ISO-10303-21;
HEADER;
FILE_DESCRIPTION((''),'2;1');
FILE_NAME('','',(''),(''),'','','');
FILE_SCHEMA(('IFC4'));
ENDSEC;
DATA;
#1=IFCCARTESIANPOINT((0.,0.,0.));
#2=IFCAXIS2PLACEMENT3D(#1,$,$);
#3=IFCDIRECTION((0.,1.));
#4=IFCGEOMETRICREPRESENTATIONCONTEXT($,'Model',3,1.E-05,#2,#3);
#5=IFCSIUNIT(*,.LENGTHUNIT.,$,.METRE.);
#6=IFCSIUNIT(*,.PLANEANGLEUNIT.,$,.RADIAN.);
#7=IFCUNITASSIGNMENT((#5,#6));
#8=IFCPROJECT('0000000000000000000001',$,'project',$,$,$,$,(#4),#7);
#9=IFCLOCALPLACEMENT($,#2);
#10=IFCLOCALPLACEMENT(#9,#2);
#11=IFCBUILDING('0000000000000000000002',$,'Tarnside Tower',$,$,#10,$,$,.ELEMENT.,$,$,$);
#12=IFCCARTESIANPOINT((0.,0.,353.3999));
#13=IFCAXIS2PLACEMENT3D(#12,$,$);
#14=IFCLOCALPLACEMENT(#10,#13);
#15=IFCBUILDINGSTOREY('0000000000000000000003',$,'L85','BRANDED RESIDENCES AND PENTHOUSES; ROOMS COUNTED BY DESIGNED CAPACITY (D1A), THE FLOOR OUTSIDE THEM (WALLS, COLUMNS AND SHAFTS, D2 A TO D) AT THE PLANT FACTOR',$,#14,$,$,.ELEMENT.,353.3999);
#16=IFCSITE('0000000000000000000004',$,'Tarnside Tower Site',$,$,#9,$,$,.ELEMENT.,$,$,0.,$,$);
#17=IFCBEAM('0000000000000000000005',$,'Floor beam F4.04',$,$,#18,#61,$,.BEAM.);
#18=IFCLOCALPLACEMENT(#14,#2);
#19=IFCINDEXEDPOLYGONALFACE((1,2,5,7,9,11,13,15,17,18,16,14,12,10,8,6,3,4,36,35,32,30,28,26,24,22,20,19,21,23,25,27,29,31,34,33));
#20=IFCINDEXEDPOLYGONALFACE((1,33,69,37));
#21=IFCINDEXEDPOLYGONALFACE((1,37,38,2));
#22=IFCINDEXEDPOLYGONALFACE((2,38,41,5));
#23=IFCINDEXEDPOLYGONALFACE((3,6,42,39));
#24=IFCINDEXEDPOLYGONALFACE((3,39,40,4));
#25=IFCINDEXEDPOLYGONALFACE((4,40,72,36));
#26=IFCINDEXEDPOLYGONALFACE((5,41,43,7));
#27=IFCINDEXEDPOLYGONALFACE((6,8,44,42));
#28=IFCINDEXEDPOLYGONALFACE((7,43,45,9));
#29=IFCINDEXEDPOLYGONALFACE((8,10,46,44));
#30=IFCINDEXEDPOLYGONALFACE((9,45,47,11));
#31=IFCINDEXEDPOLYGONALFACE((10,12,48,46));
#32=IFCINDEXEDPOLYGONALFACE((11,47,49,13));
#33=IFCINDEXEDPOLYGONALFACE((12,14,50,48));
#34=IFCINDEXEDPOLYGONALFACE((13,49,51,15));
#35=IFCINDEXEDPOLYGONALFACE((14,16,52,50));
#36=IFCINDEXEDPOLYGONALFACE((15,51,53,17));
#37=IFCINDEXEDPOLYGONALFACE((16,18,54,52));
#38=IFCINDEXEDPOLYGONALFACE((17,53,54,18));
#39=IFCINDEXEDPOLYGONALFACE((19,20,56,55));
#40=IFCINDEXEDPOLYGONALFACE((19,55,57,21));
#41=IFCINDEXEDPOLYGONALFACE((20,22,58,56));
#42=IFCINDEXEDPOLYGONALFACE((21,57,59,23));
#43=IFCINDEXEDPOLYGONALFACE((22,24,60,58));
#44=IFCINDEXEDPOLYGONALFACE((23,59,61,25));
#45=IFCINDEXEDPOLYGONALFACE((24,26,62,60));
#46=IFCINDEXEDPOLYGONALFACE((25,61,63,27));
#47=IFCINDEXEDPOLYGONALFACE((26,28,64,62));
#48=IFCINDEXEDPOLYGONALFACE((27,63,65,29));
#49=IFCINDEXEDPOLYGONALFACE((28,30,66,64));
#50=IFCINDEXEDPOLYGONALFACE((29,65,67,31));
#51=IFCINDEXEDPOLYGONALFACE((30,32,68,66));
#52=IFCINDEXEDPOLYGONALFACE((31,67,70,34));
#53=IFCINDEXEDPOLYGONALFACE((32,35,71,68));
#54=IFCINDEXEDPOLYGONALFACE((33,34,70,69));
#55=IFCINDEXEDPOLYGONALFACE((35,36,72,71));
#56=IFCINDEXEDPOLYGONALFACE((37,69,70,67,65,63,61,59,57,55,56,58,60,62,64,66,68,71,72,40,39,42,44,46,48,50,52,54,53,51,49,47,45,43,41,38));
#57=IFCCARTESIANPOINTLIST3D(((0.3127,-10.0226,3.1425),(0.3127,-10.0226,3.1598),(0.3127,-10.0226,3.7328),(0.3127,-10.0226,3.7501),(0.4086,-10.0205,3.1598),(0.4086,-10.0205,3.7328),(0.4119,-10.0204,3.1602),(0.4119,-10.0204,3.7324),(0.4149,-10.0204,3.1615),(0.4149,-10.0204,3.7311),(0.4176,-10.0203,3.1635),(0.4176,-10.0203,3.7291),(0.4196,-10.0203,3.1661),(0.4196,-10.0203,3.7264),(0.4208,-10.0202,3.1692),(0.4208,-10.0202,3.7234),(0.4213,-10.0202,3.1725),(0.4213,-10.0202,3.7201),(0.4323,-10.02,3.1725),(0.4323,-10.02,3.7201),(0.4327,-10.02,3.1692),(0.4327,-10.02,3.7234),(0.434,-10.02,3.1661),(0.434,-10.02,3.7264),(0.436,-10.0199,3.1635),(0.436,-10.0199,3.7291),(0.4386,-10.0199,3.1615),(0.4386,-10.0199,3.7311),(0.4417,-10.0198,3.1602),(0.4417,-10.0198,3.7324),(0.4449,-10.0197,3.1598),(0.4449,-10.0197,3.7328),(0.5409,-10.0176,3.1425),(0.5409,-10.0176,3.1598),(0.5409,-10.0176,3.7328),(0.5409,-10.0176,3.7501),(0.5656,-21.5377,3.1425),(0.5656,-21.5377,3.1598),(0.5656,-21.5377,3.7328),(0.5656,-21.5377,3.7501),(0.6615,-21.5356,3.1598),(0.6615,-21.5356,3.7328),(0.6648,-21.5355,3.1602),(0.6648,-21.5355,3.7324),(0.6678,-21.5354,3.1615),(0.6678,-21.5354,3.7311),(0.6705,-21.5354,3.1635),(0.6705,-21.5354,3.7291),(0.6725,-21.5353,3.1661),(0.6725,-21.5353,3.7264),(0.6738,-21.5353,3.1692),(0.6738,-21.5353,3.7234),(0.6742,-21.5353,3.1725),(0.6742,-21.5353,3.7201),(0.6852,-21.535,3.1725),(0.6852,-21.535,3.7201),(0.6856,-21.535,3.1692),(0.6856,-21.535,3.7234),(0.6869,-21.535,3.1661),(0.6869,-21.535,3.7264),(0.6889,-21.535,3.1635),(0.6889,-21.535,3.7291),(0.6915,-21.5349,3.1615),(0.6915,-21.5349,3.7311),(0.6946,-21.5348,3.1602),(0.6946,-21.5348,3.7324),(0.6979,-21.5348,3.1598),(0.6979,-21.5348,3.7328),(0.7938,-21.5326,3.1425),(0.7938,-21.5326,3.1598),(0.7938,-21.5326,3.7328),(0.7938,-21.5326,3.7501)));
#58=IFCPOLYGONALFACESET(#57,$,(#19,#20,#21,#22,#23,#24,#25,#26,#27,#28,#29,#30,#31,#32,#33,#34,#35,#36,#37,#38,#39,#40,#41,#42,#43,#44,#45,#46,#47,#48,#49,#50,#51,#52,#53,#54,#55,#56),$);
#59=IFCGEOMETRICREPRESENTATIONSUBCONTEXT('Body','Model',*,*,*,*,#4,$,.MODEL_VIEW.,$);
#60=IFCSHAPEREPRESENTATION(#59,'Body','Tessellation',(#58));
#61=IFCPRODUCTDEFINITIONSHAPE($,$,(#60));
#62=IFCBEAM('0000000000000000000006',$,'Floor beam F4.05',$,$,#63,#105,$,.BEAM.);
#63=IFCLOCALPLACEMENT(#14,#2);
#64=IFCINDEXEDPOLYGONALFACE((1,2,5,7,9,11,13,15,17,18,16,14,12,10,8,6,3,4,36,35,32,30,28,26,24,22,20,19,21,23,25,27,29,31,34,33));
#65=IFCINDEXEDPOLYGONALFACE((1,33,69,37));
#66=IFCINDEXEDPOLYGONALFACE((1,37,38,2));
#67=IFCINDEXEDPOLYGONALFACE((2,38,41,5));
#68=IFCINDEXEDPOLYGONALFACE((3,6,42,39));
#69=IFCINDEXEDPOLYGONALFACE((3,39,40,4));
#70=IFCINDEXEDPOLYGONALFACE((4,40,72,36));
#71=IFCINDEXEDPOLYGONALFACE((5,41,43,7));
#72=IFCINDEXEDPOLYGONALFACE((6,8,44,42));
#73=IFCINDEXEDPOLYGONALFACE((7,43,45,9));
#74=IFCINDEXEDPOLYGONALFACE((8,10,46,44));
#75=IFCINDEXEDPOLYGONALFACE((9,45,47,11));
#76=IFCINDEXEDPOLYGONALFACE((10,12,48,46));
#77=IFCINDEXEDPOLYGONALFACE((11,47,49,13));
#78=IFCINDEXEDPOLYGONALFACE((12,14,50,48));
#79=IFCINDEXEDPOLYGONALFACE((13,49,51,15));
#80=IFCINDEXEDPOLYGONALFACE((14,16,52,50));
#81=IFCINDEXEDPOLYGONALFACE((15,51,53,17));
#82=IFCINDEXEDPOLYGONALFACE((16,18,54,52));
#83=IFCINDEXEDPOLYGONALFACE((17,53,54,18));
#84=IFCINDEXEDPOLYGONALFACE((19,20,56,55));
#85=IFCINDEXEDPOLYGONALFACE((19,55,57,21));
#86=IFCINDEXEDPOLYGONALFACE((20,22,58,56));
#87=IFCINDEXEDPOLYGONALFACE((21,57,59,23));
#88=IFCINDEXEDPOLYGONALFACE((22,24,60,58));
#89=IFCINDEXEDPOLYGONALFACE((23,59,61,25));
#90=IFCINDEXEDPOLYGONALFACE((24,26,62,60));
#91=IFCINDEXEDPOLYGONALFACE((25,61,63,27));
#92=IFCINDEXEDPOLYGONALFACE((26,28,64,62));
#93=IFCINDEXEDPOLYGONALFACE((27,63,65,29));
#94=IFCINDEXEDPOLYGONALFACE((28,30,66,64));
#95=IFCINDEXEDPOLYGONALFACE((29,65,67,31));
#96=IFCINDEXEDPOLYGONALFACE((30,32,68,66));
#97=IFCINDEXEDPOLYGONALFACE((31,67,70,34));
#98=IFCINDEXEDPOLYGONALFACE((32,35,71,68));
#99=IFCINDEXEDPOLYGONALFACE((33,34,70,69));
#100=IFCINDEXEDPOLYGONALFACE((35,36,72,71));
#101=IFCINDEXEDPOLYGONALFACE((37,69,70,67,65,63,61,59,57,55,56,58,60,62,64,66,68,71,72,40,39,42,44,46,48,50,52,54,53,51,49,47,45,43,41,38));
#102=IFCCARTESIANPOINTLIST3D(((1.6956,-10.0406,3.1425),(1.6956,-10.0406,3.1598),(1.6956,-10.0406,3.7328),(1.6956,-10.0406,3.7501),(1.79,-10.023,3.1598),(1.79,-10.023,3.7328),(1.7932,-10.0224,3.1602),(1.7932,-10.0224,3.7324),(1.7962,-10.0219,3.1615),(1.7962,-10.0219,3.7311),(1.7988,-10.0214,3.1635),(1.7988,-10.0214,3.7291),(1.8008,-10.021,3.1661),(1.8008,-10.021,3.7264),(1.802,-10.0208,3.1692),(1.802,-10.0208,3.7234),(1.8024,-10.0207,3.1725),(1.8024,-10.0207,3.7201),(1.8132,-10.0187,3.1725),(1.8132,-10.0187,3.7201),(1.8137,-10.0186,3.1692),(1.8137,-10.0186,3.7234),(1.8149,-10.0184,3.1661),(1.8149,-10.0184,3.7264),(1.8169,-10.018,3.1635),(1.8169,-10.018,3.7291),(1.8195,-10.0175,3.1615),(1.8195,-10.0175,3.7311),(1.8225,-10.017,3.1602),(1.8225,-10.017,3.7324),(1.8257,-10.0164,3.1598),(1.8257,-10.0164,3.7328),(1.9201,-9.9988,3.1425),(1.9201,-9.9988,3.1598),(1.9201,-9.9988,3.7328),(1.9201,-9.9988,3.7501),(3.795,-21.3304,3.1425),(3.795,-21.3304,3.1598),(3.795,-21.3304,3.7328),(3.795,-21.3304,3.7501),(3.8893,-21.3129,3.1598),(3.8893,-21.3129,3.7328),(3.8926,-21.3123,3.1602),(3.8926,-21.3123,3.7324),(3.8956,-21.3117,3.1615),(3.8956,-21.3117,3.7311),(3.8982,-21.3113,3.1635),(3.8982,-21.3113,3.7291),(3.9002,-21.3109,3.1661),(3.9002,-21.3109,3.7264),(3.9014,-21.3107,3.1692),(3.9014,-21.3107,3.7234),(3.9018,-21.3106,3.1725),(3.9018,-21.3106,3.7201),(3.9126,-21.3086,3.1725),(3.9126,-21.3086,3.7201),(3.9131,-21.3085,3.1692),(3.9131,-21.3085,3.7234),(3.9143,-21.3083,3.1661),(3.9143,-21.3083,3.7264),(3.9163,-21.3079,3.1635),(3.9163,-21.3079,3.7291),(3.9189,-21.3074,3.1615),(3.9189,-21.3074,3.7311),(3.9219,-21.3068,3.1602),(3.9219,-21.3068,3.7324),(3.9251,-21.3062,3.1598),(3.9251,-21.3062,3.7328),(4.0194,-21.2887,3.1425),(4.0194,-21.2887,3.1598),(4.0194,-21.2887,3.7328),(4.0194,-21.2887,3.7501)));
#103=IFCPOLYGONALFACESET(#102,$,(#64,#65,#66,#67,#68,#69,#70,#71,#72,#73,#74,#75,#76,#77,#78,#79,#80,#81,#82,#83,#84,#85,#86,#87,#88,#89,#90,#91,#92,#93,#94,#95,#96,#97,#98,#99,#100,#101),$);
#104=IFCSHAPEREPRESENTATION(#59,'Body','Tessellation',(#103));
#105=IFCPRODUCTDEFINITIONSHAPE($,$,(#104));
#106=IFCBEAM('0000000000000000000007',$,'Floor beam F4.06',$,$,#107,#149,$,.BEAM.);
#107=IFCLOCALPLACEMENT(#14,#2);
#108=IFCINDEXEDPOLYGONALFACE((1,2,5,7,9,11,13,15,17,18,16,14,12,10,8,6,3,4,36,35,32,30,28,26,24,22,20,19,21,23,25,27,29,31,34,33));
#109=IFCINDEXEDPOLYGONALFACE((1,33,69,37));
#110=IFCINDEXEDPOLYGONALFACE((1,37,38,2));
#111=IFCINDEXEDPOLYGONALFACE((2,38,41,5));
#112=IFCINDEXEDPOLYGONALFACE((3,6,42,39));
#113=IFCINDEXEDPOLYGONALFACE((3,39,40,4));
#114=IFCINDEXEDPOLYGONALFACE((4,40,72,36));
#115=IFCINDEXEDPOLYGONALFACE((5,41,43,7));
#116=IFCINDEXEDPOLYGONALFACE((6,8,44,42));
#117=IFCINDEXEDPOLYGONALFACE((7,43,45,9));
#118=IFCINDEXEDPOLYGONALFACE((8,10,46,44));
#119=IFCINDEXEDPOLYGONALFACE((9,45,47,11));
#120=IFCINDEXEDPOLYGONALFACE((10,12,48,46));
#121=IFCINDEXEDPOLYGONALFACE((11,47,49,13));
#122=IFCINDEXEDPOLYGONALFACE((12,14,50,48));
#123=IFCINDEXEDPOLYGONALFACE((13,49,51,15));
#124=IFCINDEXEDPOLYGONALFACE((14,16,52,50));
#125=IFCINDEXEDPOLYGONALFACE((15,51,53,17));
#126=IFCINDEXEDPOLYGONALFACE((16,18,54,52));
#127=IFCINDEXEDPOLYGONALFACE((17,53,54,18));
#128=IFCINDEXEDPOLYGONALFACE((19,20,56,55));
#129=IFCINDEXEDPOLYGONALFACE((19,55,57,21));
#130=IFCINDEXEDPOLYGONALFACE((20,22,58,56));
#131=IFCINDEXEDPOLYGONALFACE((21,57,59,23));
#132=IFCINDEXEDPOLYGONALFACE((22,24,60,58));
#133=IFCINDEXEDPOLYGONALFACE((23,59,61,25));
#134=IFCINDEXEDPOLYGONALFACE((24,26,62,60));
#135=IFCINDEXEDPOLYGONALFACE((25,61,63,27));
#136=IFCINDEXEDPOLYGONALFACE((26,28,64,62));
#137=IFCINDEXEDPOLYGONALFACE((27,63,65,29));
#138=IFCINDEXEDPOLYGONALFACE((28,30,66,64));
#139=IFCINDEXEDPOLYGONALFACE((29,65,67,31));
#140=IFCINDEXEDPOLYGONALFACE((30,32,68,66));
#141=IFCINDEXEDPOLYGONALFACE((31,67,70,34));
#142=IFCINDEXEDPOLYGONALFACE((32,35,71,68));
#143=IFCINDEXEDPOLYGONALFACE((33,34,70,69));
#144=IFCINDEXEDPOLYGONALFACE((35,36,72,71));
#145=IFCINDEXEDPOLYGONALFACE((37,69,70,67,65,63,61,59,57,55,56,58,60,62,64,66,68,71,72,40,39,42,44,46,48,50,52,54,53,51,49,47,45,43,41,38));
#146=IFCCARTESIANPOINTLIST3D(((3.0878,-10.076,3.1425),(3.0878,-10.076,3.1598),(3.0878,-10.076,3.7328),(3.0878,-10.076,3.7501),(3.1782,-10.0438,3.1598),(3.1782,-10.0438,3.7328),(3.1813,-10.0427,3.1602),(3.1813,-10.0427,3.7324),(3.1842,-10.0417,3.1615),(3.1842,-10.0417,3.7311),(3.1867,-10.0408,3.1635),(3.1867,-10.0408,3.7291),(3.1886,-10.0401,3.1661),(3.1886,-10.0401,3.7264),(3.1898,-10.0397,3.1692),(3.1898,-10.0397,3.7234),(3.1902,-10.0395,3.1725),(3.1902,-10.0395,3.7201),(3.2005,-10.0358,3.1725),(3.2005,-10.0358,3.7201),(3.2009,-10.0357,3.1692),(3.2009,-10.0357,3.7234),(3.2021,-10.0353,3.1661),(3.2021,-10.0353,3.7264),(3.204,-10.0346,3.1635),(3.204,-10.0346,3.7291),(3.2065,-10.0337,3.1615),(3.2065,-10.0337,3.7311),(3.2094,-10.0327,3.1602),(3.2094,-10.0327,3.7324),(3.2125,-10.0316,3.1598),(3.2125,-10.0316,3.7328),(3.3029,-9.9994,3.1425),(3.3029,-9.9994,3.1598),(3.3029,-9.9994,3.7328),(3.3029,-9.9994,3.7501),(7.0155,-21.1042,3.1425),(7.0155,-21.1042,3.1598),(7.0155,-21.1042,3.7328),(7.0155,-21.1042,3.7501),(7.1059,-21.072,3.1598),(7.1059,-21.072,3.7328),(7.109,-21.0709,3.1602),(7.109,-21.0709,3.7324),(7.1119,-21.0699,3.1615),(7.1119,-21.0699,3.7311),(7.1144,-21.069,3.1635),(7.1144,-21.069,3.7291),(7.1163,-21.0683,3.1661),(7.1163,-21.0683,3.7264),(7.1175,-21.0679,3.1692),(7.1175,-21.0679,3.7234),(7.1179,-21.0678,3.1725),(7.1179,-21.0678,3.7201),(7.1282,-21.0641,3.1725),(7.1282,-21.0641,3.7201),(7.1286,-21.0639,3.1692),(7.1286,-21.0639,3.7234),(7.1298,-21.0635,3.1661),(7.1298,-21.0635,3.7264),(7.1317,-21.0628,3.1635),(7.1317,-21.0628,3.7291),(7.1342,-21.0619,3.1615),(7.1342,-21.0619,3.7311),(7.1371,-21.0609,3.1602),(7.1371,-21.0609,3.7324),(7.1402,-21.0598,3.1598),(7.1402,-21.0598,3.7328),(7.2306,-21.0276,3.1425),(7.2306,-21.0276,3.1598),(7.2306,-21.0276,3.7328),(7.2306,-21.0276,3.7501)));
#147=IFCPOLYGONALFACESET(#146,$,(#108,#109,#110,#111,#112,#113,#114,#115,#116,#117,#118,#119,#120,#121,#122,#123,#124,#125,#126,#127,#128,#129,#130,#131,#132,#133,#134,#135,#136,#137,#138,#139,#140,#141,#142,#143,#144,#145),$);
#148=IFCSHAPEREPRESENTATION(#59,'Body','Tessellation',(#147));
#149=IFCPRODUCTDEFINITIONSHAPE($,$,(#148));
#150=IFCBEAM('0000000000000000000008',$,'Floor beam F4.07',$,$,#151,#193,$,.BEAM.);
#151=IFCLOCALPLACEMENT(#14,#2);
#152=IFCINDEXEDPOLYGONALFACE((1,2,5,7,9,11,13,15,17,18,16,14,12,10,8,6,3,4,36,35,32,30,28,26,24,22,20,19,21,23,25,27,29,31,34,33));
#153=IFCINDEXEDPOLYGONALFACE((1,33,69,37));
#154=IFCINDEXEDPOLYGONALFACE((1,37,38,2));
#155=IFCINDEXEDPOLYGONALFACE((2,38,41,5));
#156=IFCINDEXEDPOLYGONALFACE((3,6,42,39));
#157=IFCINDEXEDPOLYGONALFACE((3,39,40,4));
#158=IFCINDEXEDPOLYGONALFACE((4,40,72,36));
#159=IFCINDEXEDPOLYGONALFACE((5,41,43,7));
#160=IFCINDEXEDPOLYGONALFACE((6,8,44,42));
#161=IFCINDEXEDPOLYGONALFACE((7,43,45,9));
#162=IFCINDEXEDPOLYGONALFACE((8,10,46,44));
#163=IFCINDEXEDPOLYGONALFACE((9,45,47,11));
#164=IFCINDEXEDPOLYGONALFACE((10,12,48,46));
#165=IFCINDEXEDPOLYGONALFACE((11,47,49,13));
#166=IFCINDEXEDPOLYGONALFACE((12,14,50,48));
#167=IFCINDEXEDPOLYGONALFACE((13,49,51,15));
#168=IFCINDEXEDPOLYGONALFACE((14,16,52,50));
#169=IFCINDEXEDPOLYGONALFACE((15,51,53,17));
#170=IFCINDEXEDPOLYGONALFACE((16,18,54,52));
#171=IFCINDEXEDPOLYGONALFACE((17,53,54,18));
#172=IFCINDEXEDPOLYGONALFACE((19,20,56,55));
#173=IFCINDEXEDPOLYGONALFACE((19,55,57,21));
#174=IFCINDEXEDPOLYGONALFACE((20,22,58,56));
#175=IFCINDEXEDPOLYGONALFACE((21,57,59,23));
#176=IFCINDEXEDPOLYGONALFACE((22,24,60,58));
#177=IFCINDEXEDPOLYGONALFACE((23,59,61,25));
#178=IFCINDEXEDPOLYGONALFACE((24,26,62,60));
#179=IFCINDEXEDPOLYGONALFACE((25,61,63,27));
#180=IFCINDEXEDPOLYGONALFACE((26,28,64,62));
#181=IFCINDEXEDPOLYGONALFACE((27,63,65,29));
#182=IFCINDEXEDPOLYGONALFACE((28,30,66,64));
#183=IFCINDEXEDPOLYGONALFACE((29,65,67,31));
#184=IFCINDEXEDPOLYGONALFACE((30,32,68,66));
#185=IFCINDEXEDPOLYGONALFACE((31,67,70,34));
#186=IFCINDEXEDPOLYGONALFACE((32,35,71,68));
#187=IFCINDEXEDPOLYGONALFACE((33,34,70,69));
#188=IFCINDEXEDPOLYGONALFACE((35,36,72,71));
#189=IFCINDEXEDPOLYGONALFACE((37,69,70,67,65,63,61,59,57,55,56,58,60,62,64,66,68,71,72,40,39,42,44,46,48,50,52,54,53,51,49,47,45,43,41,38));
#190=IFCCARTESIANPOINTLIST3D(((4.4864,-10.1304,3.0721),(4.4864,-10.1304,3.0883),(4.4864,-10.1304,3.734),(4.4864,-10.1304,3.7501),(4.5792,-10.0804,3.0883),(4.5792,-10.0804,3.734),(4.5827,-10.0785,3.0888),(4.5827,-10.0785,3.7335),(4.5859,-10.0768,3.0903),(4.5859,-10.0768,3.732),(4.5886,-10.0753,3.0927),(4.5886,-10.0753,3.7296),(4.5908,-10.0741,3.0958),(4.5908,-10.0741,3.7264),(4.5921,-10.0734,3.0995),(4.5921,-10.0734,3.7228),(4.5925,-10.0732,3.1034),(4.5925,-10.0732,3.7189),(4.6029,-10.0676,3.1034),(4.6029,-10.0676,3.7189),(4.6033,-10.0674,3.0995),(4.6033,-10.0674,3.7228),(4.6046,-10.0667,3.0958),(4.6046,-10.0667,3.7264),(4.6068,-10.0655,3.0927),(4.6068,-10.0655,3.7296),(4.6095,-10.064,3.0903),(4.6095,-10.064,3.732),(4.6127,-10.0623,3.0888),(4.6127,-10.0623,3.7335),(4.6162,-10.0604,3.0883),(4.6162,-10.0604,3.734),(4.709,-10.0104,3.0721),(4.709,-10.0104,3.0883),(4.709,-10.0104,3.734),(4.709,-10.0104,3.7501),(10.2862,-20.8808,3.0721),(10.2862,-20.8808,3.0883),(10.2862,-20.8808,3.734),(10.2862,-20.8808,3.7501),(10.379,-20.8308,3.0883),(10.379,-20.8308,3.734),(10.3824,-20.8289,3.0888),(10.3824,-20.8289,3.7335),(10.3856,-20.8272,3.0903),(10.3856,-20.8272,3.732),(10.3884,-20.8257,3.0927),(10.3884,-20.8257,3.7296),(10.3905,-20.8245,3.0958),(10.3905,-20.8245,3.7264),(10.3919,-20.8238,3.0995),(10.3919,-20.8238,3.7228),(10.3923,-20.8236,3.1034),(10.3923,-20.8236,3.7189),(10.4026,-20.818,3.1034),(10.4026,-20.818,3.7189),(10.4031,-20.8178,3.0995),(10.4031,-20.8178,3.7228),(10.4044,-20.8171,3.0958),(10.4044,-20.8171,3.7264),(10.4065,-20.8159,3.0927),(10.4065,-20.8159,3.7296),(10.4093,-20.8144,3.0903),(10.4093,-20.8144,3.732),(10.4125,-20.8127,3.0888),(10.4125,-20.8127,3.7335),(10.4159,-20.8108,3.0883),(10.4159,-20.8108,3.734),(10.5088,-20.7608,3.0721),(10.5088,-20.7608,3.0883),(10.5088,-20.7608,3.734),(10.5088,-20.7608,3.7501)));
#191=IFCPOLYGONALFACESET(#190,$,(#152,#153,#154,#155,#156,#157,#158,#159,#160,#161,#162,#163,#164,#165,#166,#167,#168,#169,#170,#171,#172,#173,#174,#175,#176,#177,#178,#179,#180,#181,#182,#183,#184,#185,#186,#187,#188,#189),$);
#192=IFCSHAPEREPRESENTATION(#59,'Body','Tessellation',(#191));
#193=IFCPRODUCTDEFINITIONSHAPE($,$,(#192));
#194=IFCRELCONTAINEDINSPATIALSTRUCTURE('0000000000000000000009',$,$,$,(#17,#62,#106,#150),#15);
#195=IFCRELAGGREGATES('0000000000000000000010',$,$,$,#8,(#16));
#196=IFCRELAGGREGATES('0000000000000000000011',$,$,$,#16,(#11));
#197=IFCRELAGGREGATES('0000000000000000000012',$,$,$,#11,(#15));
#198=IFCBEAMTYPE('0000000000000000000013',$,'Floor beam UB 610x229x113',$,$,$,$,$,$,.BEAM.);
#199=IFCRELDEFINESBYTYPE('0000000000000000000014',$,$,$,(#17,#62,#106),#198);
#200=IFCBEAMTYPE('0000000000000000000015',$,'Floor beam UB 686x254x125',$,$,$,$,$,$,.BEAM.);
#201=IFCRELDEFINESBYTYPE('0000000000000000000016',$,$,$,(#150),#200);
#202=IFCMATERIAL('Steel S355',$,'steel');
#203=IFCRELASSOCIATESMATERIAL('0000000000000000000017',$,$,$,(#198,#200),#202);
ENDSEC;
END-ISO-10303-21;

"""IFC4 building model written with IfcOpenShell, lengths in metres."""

from ifc_helpers import new_model, si_unit, direction, frame, origin, origin_2d, place, context, subcontext, project, spatial, i_section, extrude, material, material_profile, profile_set, type_object, element, save


model = new_model("IFC4")

# Units and contexts
model_context = context("Model", 3, precision=1e-05, world=origin(), true_north=direction((0.0, 1.0)))
body_context = subcontext(model_context, "Body", "Model", "MODEL_VIEW")
ifc_project = project(units=[si_unit("LENGTHUNIT", "METRE"), si_unit("PLANEANGLEUNIT", "RADIAN")], contexts=[model_context])

# Site, building, storey
site_placement = place(None, origin())
site = spatial("IfcSite", under=ifc_project, at=site_placement, Name="Tarnside Tower Site", CompositionType="ELEMENT", RefElevation=0.0)
building_placement = place(site_placement, origin())
building = spatial("IfcBuilding", under=site, at=building_placement, Name="Tarnside Tower", CompositionType="ELEMENT")
storey_placement = place(building_placement, frame((0.0, 0.0, 353.3999)))
storey = spatial("IfcBuildingStorey", under=building, at=storey_placement, Name="L85", Description="BRANDED RESIDENCES AND PENTHOUSES; ROOMS COUNTED BY DESIGNED CAPACITY (D1A), THE FLOOR OUTSIDE THEM (WALLS, COLUMNS AND SHAFTS, D2 A TO D) AT THE PLANT FACTOR", CompositionType="ELEMENT", Elevation=353.3999)

# Beams
ifc_material_1 = material(Name="Steel S355", Category="steel")
ifc_material_profile_1 = material_profile(ifc_material_1, i_section(OverallWidth=0.2283, OverallDepth=0.6077, WebThickness=0.011, FlangeThickness=0.0173, FilletRadius=0.0127, at=origin_2d()), Name="UB 610x229x113")
ifc_profile_set_1 = profile_set([ifc_material_profile_1], Name="Steel S355")
beam_type_1 = type_object("IfcBeamType", Name="Floor beam UB 610x229x113", PredefinedType="BEAM", material=ifc_profile_set_1)
beam_1_placement = place(storey_placement, frame((0.6797, -21.5352, 3.4463), z_axis=(-0.02196, 0.999759, 0.0), x_axis=(-0.999759, -0.02196, 0.0)))
element("IfcBeam", 1, at=beam_1_placement, inside=storey, type_object=beam_type_1, Name="Floor beam F4.04", PredefinedType="BEAM", context=body_context, shape_type="SweptSolid", body=[
    extrude(i_section(OverallWidth=0.2283, OverallDepth=0.6077, WebThickness=0.011, FlangeThickness=0.0173, FilletRadius=0.0127, at=origin_2d()), origin(), (0.0, 0.0, 1.0), 11.5178),
])
beam_2_placement = place(storey_placement, frame((3.9072, -21.3096, 3.4463), z_axis=(-0.182819, 0.983147, 0.0), x_axis=(-0.983147, -0.182819, 0.0)))
element("IfcBeam", 2, at=beam_2_placement, inside=storey, type_object=beam_type_1, Name="Floor beam F4.05", PredefinedType="BEAM", context=body_context, shape_type="SweptSolid", body=[
    extrude(i_section(OverallWidth=0.2283, OverallDepth=0.6077, WebThickness=0.011, FlangeThickness=0.0173, FilletRadius=0.0127, at=origin_2d()), origin(), (0.0, 0.0, 1.0), 11.4834),
])
beam_3_placement = place(storey_placement, frame((7.123, -21.0659, 3.4463), z_axis=(-0.335507, 0.942038, 0.0), x_axis=(-0.942038, -0.335507, 0.0)))
element("IfcBeam", 3, at=beam_3_placement, inside=storey, type_object=beam_type_1, Name="Floor beam F4.06", PredefinedType="BEAM", context=body_context, shape_type="SweptSolid", body=[
    extrude(i_section(OverallWidth=0.2283, OverallDepth=0.6077, WebThickness=0.011, FlangeThickness=0.0173, FilletRadius=0.0127, at=origin_2d()), origin(), (0.0, 0.0, 1.0), 11.7068),
])
ifc_material_profile_2 = material_profile(ifc_material_1, i_section(OverallWidth=0.2529, OverallDepth=0.678, WebThickness=0.0117, FlangeThickness=0.0161, FilletRadius=0.0151, at=origin_2d()), Name="UB 686x254x125")
ifc_profile_set_2 = profile_set([ifc_material_profile_2], Name="Steel S355")
beam_type_2 = type_object("IfcBeamType", Name="Floor beam UB 686x254x125", PredefinedType="BEAM", material=ifc_profile_set_2)
beam_4_placement = place(storey_placement, frame((10.3975, -20.8208, 3.4111), z_axis=(-0.474803, 0.880092, 0.0), x_axis=(-0.880092, -0.474803, 0.0)))
element("IfcBeam", 4, at=beam_4_placement, inside=storey, type_object=beam_type_2, Name="Floor beam F4.07", PredefinedType="BEAM", context=body_context, shape_type="SweptSolid", body=[
    extrude(i_section(OverallWidth=0.2529, OverallDepth=0.678, WebThickness=0.0117, FlangeThickness=0.0161, FilletRadius=0.0151, at=origin_2d()), origin(), (0.0, 0.0, 1.0), 12.2151),
])

save(model, "model.ifc")
